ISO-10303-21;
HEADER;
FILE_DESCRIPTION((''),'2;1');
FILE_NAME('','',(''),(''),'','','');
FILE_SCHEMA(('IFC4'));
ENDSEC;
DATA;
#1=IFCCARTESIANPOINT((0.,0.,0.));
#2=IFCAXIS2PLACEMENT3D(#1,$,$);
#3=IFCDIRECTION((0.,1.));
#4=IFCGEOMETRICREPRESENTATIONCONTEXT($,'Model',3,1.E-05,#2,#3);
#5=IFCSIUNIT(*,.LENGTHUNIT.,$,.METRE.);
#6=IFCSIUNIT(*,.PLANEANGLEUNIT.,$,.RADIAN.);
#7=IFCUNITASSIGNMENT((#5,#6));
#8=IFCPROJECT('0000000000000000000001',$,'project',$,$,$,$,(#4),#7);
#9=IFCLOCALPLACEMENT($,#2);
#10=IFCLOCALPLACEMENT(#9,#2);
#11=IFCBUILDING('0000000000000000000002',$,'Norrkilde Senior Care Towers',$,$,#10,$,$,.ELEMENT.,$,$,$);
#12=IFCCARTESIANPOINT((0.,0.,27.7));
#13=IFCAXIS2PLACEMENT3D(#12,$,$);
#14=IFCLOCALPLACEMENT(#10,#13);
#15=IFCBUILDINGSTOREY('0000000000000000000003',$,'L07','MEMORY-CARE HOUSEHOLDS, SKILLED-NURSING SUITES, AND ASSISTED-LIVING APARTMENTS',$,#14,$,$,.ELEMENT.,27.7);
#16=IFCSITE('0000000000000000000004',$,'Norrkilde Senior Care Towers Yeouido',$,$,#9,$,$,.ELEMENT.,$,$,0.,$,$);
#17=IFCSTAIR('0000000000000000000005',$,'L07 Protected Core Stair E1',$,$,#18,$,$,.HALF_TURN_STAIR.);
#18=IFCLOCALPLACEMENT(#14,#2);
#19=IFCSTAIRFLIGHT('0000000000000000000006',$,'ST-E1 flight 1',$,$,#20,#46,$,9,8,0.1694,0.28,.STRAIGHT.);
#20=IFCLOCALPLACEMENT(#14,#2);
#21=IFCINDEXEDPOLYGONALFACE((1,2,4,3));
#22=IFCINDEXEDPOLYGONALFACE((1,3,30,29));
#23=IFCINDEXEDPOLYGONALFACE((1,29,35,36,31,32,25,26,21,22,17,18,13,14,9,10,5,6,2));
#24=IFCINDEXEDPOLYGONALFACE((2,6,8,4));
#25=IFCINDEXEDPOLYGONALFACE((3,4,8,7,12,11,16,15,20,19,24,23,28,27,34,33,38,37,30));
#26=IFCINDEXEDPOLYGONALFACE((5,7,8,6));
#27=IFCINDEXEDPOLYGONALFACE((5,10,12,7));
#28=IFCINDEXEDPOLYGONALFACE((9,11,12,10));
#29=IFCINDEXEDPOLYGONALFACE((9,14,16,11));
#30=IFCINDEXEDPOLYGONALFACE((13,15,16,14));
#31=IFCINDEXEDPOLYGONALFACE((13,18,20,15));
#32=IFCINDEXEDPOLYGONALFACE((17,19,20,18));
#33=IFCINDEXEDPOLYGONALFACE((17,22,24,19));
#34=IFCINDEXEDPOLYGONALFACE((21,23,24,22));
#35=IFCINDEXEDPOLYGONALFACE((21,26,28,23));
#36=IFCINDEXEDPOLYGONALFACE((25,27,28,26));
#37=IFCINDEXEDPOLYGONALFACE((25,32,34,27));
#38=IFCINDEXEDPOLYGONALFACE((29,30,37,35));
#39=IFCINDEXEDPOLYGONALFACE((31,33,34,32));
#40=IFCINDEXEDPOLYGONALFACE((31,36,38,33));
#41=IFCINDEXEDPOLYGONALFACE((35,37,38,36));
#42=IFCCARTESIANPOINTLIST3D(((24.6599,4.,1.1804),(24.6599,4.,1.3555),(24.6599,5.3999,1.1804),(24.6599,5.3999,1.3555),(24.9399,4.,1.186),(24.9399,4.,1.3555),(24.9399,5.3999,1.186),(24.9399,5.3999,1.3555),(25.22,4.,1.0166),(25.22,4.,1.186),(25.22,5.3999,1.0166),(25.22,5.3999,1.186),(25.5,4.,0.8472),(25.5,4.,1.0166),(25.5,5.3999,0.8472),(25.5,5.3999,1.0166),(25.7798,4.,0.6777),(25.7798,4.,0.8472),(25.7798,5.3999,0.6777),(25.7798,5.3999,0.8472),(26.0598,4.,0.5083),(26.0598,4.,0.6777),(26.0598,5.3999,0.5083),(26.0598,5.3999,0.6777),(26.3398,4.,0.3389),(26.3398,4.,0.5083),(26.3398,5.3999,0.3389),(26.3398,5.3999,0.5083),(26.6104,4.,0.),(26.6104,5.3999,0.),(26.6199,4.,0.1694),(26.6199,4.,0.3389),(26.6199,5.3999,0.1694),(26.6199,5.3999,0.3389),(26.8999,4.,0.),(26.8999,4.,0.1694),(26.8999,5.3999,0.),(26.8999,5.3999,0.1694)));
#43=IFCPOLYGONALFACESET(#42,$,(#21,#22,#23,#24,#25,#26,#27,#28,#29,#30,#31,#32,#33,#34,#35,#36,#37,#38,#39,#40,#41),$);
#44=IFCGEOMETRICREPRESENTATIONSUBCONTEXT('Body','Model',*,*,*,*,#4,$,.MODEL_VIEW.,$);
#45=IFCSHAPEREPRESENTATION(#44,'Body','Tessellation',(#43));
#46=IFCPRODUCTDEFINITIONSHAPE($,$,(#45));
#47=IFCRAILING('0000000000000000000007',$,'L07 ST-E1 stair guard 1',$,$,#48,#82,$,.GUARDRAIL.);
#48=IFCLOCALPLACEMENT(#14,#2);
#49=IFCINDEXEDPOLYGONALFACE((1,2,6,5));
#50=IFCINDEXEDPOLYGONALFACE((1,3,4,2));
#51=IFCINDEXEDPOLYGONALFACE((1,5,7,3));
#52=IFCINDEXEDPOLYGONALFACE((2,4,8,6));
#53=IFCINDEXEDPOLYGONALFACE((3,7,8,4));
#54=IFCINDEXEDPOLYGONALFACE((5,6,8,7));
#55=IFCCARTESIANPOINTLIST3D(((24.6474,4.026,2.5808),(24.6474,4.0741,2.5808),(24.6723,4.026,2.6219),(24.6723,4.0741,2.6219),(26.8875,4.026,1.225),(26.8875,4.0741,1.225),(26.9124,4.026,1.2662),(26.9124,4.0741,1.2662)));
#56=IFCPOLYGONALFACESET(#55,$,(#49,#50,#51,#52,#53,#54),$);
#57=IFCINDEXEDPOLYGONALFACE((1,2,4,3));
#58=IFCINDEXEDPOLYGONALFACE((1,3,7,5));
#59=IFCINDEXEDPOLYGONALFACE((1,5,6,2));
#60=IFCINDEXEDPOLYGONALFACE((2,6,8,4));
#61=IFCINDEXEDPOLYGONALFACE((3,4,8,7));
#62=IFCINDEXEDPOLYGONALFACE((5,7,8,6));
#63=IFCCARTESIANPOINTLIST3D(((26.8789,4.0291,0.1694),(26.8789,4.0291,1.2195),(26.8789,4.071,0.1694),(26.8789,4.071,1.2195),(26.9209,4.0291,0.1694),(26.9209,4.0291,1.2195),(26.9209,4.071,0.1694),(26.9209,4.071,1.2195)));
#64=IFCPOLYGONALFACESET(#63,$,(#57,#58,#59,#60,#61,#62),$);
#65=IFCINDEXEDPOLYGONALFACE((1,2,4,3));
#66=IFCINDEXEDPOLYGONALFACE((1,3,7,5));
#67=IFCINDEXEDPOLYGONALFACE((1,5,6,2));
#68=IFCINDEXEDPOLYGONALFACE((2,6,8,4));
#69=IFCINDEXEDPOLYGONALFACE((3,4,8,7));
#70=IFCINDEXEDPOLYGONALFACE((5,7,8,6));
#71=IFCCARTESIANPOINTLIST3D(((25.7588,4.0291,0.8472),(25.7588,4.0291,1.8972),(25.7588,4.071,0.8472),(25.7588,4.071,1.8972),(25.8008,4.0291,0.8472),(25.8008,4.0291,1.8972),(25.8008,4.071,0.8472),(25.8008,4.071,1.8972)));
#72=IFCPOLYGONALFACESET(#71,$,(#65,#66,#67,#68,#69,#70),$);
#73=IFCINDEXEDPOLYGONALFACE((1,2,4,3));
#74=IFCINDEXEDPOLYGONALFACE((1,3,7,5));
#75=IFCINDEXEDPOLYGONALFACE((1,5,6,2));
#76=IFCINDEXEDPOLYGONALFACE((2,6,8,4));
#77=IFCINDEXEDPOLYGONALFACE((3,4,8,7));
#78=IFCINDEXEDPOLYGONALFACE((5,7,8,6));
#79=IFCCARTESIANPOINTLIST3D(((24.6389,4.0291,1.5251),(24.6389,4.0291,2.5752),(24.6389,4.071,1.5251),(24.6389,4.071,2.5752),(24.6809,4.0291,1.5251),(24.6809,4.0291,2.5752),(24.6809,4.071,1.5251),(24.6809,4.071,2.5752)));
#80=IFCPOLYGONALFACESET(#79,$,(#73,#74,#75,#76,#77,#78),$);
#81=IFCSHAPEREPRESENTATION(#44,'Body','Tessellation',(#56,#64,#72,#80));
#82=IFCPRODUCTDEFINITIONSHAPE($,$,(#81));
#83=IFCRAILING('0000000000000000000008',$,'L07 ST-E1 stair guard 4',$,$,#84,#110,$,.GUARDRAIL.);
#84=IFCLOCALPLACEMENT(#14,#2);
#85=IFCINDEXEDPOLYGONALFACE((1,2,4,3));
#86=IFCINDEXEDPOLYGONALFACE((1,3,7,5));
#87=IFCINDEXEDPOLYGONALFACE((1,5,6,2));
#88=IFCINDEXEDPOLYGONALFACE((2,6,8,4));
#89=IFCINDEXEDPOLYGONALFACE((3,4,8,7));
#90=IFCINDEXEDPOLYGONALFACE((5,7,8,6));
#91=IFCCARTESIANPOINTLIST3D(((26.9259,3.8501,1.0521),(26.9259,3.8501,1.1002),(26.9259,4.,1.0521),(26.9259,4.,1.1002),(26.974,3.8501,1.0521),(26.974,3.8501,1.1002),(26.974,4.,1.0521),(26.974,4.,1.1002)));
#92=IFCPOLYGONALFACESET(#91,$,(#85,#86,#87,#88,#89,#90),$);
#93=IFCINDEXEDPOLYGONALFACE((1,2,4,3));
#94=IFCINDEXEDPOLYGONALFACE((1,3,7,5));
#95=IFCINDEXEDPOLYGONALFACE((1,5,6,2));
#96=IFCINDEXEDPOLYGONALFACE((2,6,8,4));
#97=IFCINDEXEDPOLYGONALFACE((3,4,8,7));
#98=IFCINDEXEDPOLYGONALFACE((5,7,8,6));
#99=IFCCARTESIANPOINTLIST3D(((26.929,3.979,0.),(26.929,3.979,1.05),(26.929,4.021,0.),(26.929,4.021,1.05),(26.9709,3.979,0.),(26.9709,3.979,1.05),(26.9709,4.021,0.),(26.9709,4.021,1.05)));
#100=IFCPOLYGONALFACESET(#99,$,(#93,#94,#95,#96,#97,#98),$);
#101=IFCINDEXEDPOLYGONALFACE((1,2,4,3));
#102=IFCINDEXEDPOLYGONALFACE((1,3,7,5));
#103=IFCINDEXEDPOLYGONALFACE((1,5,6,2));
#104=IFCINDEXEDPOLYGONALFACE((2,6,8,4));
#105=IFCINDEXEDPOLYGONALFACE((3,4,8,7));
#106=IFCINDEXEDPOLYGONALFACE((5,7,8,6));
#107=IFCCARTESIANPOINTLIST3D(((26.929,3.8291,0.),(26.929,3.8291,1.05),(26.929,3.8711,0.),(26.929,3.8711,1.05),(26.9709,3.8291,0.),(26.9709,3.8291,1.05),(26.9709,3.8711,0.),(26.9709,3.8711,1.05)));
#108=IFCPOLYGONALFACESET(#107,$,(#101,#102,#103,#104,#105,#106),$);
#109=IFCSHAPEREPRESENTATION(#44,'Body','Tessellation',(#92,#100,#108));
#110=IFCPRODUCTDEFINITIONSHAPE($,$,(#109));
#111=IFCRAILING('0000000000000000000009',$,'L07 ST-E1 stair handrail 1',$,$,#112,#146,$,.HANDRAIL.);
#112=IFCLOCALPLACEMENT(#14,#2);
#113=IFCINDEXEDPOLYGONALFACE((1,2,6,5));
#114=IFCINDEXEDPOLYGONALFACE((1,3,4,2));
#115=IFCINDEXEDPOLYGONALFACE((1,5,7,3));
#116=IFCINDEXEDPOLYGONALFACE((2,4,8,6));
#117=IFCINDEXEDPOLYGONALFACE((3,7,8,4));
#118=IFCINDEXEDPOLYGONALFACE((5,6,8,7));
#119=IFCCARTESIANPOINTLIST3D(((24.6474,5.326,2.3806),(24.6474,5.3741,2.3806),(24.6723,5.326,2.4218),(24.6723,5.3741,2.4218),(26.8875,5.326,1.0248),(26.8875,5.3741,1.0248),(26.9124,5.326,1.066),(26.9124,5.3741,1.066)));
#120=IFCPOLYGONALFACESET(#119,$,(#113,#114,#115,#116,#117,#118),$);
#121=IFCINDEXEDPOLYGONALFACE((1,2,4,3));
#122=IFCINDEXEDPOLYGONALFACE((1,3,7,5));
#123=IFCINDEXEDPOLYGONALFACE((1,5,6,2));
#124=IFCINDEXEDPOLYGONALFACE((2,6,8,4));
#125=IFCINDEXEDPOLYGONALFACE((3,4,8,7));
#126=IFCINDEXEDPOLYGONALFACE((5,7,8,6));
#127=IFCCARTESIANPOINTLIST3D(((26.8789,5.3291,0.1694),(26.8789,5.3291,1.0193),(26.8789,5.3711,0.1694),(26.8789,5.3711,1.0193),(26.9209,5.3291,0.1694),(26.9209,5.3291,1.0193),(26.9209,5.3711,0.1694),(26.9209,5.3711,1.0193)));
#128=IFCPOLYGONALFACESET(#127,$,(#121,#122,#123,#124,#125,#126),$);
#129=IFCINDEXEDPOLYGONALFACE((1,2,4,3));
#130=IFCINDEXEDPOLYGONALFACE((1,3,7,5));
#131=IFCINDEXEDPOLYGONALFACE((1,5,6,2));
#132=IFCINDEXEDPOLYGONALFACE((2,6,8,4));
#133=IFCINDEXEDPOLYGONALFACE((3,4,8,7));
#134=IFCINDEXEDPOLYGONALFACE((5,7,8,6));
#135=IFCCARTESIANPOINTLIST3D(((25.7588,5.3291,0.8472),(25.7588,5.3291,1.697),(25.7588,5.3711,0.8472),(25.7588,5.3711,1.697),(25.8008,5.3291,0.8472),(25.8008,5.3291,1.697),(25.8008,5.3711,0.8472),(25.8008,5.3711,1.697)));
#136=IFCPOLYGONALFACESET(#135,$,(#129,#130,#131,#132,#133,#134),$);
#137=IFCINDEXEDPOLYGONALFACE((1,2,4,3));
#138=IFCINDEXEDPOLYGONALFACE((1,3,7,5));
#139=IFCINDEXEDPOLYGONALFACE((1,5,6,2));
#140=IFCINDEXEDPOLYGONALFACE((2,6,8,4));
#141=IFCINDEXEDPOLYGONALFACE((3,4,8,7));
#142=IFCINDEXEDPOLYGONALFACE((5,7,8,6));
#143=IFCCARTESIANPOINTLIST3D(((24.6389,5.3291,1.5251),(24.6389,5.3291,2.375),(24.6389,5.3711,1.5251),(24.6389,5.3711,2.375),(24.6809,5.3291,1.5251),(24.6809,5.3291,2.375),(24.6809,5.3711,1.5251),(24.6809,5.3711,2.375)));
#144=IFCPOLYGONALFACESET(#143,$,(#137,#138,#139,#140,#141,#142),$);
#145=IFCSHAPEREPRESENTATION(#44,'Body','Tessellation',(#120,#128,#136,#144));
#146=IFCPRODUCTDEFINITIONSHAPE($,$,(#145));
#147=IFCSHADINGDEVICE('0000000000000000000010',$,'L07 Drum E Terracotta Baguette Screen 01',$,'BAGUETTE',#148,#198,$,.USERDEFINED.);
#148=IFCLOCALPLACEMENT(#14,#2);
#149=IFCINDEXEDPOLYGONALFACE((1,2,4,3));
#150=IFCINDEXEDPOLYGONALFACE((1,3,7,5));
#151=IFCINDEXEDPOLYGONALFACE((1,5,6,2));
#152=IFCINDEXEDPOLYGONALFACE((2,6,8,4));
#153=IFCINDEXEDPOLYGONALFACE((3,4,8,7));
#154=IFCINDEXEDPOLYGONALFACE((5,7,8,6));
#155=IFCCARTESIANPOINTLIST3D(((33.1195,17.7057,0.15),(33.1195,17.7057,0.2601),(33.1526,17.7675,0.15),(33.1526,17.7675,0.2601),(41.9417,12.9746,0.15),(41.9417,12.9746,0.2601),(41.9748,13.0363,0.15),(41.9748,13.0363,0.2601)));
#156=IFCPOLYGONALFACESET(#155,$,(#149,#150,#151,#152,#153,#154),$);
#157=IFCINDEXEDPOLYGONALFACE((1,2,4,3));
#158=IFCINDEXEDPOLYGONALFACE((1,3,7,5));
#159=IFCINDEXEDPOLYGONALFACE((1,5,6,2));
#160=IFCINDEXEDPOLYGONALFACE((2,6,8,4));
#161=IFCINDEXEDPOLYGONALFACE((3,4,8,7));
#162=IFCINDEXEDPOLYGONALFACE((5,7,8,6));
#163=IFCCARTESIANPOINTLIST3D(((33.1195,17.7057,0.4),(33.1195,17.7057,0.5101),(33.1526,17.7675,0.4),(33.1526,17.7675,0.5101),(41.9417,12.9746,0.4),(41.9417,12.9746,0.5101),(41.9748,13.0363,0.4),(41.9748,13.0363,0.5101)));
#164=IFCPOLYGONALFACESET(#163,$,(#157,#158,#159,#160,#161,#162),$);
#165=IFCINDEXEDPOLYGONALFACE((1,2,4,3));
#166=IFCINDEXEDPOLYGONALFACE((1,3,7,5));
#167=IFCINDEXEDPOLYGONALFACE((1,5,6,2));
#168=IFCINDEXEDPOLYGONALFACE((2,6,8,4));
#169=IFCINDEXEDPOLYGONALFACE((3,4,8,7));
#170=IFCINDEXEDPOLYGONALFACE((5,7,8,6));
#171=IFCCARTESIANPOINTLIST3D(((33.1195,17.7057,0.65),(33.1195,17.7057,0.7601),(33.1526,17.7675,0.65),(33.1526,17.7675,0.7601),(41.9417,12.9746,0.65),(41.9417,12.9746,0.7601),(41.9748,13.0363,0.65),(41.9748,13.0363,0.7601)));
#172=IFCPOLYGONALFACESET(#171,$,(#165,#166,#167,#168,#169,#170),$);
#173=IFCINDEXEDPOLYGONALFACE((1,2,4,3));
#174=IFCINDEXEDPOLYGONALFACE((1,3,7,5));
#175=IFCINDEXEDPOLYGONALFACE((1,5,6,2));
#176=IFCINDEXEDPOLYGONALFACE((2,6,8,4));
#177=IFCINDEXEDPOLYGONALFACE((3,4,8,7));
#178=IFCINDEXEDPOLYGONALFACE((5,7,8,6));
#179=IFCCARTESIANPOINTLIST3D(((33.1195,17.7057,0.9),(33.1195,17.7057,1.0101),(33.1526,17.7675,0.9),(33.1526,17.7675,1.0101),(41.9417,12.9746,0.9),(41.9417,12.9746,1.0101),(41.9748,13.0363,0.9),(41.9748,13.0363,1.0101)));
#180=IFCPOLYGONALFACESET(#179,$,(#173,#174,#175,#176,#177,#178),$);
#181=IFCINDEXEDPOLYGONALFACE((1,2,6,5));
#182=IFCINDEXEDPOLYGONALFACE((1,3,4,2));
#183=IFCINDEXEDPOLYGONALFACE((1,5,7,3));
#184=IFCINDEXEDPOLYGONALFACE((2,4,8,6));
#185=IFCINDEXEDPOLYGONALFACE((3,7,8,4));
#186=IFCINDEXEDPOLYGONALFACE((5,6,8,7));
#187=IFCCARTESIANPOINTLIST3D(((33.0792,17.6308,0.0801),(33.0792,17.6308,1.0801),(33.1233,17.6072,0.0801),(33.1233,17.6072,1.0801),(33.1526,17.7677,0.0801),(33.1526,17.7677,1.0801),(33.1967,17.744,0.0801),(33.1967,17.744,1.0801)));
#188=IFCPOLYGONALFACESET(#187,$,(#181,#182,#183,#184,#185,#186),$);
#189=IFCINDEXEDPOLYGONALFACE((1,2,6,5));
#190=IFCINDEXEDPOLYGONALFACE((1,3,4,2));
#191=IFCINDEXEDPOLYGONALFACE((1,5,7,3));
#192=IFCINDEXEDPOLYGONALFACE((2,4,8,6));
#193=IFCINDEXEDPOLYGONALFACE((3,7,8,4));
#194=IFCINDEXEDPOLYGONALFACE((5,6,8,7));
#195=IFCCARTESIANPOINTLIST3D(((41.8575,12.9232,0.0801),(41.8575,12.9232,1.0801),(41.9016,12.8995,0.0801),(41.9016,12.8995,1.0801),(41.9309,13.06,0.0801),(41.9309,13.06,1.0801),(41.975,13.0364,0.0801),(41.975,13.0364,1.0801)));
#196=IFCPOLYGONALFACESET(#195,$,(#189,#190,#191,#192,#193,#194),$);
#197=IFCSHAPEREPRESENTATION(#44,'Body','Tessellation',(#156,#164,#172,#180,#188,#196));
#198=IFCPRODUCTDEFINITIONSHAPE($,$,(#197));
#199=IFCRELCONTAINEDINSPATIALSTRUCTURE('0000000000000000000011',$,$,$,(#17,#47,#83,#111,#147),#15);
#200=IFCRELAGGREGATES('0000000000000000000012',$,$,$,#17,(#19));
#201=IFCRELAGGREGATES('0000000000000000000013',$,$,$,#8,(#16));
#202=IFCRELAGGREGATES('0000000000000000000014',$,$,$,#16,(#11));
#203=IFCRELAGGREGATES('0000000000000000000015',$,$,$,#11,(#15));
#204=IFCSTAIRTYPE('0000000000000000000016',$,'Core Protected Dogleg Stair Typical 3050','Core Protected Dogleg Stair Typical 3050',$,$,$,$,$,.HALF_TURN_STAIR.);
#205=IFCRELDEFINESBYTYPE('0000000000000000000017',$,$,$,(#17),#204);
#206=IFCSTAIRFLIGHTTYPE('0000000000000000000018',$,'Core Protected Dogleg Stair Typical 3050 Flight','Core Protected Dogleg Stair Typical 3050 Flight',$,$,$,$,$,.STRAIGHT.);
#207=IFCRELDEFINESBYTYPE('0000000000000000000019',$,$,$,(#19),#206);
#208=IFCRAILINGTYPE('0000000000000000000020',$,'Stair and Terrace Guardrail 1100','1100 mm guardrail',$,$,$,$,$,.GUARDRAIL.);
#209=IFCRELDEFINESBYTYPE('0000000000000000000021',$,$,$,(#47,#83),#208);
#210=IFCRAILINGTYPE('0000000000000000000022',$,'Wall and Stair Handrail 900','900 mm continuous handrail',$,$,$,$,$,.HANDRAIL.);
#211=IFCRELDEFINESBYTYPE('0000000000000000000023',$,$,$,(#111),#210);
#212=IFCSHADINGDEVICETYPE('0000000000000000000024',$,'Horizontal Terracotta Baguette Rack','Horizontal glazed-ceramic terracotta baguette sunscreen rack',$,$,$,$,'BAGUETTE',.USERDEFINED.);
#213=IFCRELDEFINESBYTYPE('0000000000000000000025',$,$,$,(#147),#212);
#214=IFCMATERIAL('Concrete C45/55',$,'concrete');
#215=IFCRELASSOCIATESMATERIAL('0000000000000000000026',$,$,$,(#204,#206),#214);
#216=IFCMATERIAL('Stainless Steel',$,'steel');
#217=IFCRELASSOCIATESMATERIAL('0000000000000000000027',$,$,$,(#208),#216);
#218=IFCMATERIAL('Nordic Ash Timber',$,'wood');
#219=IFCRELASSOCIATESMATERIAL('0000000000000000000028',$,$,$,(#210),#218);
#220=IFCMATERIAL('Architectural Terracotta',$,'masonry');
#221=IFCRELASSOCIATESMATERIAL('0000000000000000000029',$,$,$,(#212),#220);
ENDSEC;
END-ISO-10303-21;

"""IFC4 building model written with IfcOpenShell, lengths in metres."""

from ifc_helpers import new_model, si_unit, direction, frame, origin, origin_2d, place, context, subcontext, project, spatial, polyline, rectangle, outline, extrude, source, transform, mapped, material, type_object, type_shapes, element, aggregate, save


model = new_model("IFC4")

# Units and contexts
model_context = context("Model", 3, precision=1e-05, world=origin(), true_north=direction((0.0, 1.0)))
body_context = subcontext(model_context, "Body", "Model", "MODEL_VIEW")
ifc_project = project(units=[si_unit("LENGTHUNIT", "METRE"), si_unit("PLANEANGLEUNIT", "RADIAN")], contexts=[model_context])

# Site, building, storey
site_placement = place(None, origin())
site = spatial("IfcSite", under=ifc_project, at=site_placement, Name="Norrkilde Senior Care Towers Yeouido", CompositionType="ELEMENT", RefElevation=0.0)
building_placement = place(site_placement, origin())
building = spatial("IfcBuilding", under=site, at=building_placement, Name="Norrkilde Senior Care Towers", CompositionType="ELEMENT")
storey_placement = place(building_placement, frame((0.0, 0.0, 27.7)))
storey = spatial("IfcBuildingStorey", under=building, at=storey_placement, Name="L07", Description="MEMORY-CARE HOUSEHOLDS, SKILLED-NURSING SUITES, AND ASSISTED-LIVING APARTMENTS", CompositionType="ELEMENT", Elevation=27.7)

# Shared definitions
ifc_material_1 = material(Name="Concrete C45/55", Category="concrete")

# Shared definitions
ifc_material_2 = material(Name="Nordic Ash Timber", Category="wood")

# Stair, stair flight
stair_type = type_object("IfcStairType", Name="Core Protected Dogleg Stair Typical 3050", Description="Core Protected Dogleg Stair Typical 3050", PredefinedType="HALF_TURN_STAIR", material=ifc_material_1)
stair_placement = place(storey_placement, origin())
stair = element("IfcStair", 1, at=stair_placement, inside=storey, type_object=stair_type, Name="L07 Protected Core Stair E1", PredefinedType="HALF_TURN_STAIR")
stair_flight_type = type_object("IfcStairFlightType", Name="Core Protected Dogleg Stair Typical 3050 Flight", Description="Core Protected Dogleg Stair Typical 3050 Flight", PredefinedType="STRAIGHT", material=ifc_material_1)
stair_flight_placement = place(storey_placement, frame((26.8999, 4.7, 0.0), z_axis=(0.0, 0.0, 1.0), x_axis=(-1.0, 0.0, 0.0)))
stair_flight = element("IfcStairFlight", 2, at=stair_flight_placement, type_object=stair_flight_type, Name="ST-E1 flight 1", NumberOfRisers=9, NumberOfTreads=8, PredefinedType="STRAIGHT", RiserHeight=0.1694, TreadLength=0.28, context=body_context, shape_type="SweptSolid", body=[
    extrude(outline(polyline([(0.0, 0.0), (0.0, 0.1694), (0.28, 0.1694), (0.28, 0.3389), (0.5601, 0.3389), (0.5601, 0.5083), (0.8401, 0.5083), (0.8401, 0.6777), (1.1201, 0.6777), (1.1201, 0.8472), (1.3999, 0.8472), (1.3999, 1.0166), (1.6799, 1.0166), (1.6799, 1.186), (1.96, 1.186), (1.96, 1.3555), (2.24, 1.3555), (2.24, 1.5249), (2.24, 1.1804), (0.2896, 0.0), (0.0, 0.0)])), frame((0.0, 0.7, 0.0), z_axis=(0.0, -1.0, 0.0), x_axis=(1.0, 0.0, 0.0)), (0.0, 0.0, 1.0), 1.3999),
])
aggregate(stair, [stair_flight])

# Railings
ifc_material_3 = material(Name="Stainless Steel", Category="steel")
railing_type_1 = type_object("IfcRailingType", Name="Stair and Terrace Guardrail 1100", Description="1100 mm guardrail", PredefinedType="GUARDRAIL", material=ifc_material_3)
railing_1_placement = place(storey_placement, frame((26.8999, 4.05, 0.1694)))
element("IfcRailing", 3, at=railing_1_placement, inside=storey, type_object=railing_type_1, Name="L07 ST-E1 stair guard 1", PredefinedType="GUARDRAIL", context=body_context, shape_type="SweptSolid", body=[
    extrude(rectangle(XDim=0.0481, YDim=0.0481, at=origin_2d()), frame((0.0, 0.0, 1.0762), z_axis=(-0.855512, 0.0, 0.517783), x_axis=(0.0, -1.0, 0.0)), (0.0, 0.0, 1.0), 2.6184),
    extrude(rectangle(XDim=0.042, YDim=0.042, at=origin_2d()), origin(), (0.0, 0.0, 1.0), 1.05),
    extrude(rectangle(XDim=0.042, YDim=0.042, at=origin_2d()), frame((-1.1201, 0.0, 0.6777)), (0.0, 0.0, 1.0), 1.05),
    extrude(rectangle(XDim=0.042, YDim=0.042, at=origin_2d()), frame((-2.24, 0.0, 1.3557)), (0.0, 0.0, 1.0), 1.05),
])
railing_2_placement = place(storey_placement, frame((26.95, 4.0, 0.0)))
element("IfcRailing", 4, at=railing_2_placement, inside=storey, type_object=railing_type_1, Name="L07 ST-E1 stair guard 4", PredefinedType="GUARDRAIL", context=body_context, shape_type="SweptSolid", body=[
    extrude(rectangle(XDim=0.0481, YDim=0.0481, at=origin_2d()), frame((0.0, 0.0, 1.0762), z_axis=(0.0, -1.0, 0.0), x_axis=(1.0, 0.0, 0.0)), (0.0, 0.0, 1.0), 0.1499),
    extrude(rectangle(XDim=0.042, YDim=0.042, at=origin_2d()), origin(), (0.0, 0.0, 1.0), 1.05),
    extrude(rectangle(XDim=0.042, YDim=0.042, at=origin_2d()), frame((0.0, -0.1499, 0.0)), (0.0, 0.0, 1.0), 1.05),
])
railing_type_2 = type_object("IfcRailingType", Name="Wall and Stair Handrail 900", Description="900 mm continuous handrail", PredefinedType="HANDRAIL", material=ifc_material_2)
railing_3_placement = place(storey_placement, frame((26.8999, 5.3501, 0.1694)))
element("IfcRailing", 5, at=railing_3_placement, inside=storey, type_object=railing_type_2, Name="L07 ST-E1 stair handrail 1", PredefinedType="HANDRAIL", context=body_context, shape_type="SweptSolid", body=[
    extrude(rectangle(XDim=0.0481, YDim=0.0481, at=origin_2d()), frame((0.0, 0.0, 0.876), z_axis=(-0.855512, 0.0, 0.517783), x_axis=(0.0, -1.0, 0.0)), (0.0, 0.0, 1.0), 2.6184),
    extrude(rectangle(XDim=0.042, YDim=0.042, at=origin_2d()), origin(), (0.0, 0.0, 1.0), 0.8499),
    extrude(rectangle(XDim=0.042, YDim=0.042, at=origin_2d()), frame((-1.1201, 0.0, 0.6777)), (0.0, 0.0, 1.0), 0.8499),
    extrude(rectangle(XDim=0.042, YDim=0.042, at=origin_2d()), frame((-2.24, 0.0, 1.3557)), (0.0, 0.0, 1.0), 0.8499),
])

# Shading device
ifc_material_4 = material(Name="Architectural Terracotta", Category="masonry")
shading_device_type = type_object("IfcShadingDeviceType", Name="Horizontal Terracotta Baguette Rack", Description="Horizontal glazed-ceramic terracotta baguette sunscreen rack", ElementType="BAGUETTE", PredefinedType="USERDEFINED", material=ifc_material_4)
shared_shape_1 = source(origin(), body_context, "Body", "SweptSolid", [
    extrude(rectangle(XDim=0.0701, YDim=0.1101, at=origin_2d()), frame((0.0, 0.0901, 0.125), z_axis=(1.0, 0.0, 0.0), x_axis=(0.0, 1.0, 0.0)), (0.0, 0.0, 1.0), 10.0107),
    extrude(rectangle(XDim=0.0701, YDim=0.1101, at=origin_2d()), frame((0.0, 0.0901, 0.375), z_axis=(1.0, 0.0, 0.0), x_axis=(0.0, 1.0, 0.0)), (0.0, 0.0, 1.0), 10.0107),
    extrude(rectangle(XDim=0.0701, YDim=0.1101, at=origin_2d()), frame((0.0, 0.0901, 0.625), z_axis=(1.0, 0.0, 0.0), x_axis=(0.0, 1.0, 0.0)), (0.0, 0.0, 1.0), 10.0107),
    extrude(rectangle(XDim=0.0701, YDim=0.1101, at=origin_2d()), frame((0.0, 0.0901, 0.875), z_axis=(1.0, 0.0, 0.0), x_axis=(0.0, 1.0, 0.0)), (0.0, 0.0, 1.0), 10.0107),
    extrude(rectangle(XDim=0.05, YDim=0.1553, at=origin_2d()), frame((0.0249, 0.0476, 0.0)), (0.0, 0.0, 1.0), 1.0),
    extrude(rectangle(XDim=0.05, YDim=0.1553, at=origin_2d()), frame((9.9858, 0.0476, 0.0)), (0.0, 0.0, 1.0), 1.0),
])
type_shapes(shading_device_type, [shared_shape_1])
shading_device_placement = place(storey_placement, frame((33.0935, 17.6572, 0.0801), z_axis=(0.0, 0.0, 1.0), x_axis=(0.88128, -0.472612, 0.0)))
element("IfcShadingDevice", 6, at=shading_device_placement, inside=storey, type_object=shading_device_type, Name="L07 Drum E Terracotta Baguette Screen 01", ObjectType="BAGUETTE", PredefinedType="USERDEFINED", context=body_context, shape_type="MappedRepresentation", body=[
    mapped(shared_shape_1, transform((0.0, 0.0, 0.0), x_axis=(1.0, 0.0, 0.0), y_axis=(0.0, 1.0, 0.0), z_axis=(0.0, 0.0, 1.0), scale=1.0)),
])

save(model, "model.ifc")
